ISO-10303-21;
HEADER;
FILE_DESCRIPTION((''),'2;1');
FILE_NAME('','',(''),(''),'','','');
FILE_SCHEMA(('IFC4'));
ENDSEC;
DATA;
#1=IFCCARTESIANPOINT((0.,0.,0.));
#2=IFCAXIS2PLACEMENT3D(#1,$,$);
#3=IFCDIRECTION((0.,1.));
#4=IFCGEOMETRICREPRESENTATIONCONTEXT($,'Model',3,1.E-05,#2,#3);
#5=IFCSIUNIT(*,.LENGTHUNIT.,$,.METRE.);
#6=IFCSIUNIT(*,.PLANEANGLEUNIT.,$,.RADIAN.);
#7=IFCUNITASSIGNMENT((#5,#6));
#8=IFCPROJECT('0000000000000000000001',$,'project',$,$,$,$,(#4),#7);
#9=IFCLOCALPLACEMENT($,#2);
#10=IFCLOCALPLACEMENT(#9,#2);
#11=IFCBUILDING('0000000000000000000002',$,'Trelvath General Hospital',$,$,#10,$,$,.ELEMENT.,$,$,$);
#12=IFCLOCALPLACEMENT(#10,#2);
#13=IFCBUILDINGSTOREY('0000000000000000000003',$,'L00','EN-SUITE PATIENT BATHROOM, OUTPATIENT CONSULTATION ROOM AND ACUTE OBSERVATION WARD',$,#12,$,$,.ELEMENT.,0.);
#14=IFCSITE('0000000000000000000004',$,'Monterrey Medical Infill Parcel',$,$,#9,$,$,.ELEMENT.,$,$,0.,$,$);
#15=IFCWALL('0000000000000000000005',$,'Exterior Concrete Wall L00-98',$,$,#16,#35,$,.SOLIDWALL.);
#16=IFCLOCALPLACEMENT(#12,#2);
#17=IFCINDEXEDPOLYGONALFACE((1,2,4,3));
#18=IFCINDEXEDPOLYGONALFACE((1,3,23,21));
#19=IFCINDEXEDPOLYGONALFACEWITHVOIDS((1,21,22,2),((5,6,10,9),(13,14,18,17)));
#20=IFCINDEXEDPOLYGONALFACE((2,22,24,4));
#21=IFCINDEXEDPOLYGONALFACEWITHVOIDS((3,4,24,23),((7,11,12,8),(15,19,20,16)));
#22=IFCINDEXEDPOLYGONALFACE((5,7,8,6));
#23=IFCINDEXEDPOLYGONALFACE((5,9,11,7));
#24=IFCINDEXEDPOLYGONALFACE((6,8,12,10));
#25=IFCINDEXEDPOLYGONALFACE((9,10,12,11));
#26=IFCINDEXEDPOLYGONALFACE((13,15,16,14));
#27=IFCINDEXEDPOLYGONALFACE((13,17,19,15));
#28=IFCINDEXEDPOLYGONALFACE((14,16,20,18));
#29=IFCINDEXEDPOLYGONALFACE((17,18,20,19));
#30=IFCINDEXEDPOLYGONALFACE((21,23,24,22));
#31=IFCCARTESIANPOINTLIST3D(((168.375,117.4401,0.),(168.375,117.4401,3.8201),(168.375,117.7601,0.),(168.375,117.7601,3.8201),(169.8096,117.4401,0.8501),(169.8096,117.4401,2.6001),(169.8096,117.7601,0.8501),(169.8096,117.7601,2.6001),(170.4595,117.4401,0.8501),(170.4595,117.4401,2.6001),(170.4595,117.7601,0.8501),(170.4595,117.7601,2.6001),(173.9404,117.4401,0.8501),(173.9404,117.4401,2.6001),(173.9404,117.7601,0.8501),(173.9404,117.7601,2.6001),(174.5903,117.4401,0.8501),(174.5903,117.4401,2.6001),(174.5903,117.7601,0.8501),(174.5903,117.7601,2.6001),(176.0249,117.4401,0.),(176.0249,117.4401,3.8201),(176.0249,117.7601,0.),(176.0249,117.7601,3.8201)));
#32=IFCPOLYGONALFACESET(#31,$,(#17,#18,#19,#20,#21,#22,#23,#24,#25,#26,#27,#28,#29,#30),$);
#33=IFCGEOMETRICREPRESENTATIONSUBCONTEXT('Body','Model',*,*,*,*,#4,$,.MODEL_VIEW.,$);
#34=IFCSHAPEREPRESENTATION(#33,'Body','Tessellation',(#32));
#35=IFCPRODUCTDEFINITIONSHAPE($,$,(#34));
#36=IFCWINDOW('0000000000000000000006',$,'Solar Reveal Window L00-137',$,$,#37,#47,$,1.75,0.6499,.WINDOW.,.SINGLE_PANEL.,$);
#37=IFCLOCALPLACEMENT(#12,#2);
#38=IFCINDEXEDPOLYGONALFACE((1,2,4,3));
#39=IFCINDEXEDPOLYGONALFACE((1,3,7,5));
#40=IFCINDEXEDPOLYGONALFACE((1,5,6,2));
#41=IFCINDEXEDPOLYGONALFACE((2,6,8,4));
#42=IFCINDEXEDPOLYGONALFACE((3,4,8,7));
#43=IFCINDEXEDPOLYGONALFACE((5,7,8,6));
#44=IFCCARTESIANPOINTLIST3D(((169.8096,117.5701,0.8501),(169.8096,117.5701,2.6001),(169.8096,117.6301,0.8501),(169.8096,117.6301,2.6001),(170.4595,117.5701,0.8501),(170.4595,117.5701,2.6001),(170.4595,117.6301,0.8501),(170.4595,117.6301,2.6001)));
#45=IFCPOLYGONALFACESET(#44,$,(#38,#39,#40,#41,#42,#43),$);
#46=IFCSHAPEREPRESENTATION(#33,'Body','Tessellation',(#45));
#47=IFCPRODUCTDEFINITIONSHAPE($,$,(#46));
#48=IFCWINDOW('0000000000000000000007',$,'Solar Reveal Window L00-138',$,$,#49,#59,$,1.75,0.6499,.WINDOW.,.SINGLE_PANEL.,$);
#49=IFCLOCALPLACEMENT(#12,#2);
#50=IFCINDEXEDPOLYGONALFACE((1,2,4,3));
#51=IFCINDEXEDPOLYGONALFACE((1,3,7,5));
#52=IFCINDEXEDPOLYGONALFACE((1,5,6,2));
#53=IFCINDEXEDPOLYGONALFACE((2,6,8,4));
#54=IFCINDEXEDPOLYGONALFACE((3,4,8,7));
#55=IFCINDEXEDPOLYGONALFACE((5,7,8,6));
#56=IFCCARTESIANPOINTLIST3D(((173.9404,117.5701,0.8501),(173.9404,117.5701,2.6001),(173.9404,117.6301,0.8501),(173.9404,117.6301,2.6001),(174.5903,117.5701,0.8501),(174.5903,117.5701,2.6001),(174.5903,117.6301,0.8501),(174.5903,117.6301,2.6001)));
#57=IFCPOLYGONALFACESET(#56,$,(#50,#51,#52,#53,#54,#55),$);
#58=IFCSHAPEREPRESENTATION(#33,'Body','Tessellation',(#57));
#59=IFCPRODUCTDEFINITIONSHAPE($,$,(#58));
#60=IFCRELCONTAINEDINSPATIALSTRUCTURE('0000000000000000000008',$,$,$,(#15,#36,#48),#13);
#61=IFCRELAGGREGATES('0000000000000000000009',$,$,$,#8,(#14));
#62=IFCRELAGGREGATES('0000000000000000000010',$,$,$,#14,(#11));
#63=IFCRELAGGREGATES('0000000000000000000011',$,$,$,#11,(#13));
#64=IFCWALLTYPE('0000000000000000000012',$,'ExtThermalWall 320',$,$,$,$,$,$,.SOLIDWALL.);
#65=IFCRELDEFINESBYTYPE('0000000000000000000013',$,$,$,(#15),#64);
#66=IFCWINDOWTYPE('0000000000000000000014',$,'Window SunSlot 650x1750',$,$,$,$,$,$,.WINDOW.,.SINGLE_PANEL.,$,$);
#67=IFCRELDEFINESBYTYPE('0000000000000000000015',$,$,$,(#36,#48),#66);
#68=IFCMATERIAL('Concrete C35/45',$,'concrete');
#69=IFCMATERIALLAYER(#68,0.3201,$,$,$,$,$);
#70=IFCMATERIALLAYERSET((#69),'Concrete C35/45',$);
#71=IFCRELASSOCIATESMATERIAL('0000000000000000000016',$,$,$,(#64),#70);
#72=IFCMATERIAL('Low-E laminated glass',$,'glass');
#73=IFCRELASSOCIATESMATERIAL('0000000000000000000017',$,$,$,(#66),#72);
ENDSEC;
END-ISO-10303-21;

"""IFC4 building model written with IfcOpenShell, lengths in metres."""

from ifc_helpers import new_model, si_unit, direction, frame, frame_2d, origin, place, context, subcontext, project, spatial, rectangle, extrude, material, layer, layer_set, type_object, element, fill, save


model = new_model("IFC4")

# Units and contexts
model_context = context("Model", 3, precision=1e-05, world=origin(), true_north=direction((0.0, 1.0)))
body_context = subcontext(model_context, "Body", "Model", "MODEL_VIEW")
ifc_project = project(units=[si_unit("LENGTHUNIT", "METRE"), si_unit("PLANEANGLEUNIT", "RADIAN")], contexts=[model_context])

# Site, building, storey
site_placement = place(None, origin())
site = spatial("IfcSite", under=ifc_project, at=site_placement, Name="Monterrey Medical Infill Parcel", CompositionType="ELEMENT", RefElevation=0.0)
building_placement = place(site_placement, origin())
building = spatial("IfcBuilding", under=site, at=building_placement, Name="Trelvath General Hospital", CompositionType="ELEMENT")
storey_placement = place(building_placement, origin())
storey = spatial("IfcBuildingStorey", under=building, at=storey_placement, Name="L00", Description="EN-SUITE PATIENT BATHROOM, OUTPATIENT CONSULTATION ROOM AND ACUTE OBSERVATION WARD", CompositionType="ELEMENT", Elevation=0.0)

# Wall, openings, windows
ifc_material_1 = material(Name="Concrete C35/45", Category="concrete")
ifc_layer_1 = layer(ifc_material_1, 0.3201)
ifc_layer_set_1 = layer_set([ifc_layer_1], Name="Concrete C35/45")
wall_type_1 = type_object("IfcWallType", Name="ExtThermalWall 320", PredefinedType="SOLIDWALL", material=ifc_layer_set_1)
wall_1_placement = place(storey_placement, frame((168.375, 117.6001, 0.0), z_axis=(0.0, 0.0, 1.0), x_axis=(1.0, 0.0, 0.0)))
wall_1 = element("IfcWall", 1, at=wall_1_placement, inside=storey, type_object=wall_type_1, Name="Exterior Concrete Wall L00-98", PredefinedType="SOLIDWALL", context=body_context, shape_type="SweptSolid", body=[
    extrude(rectangle(XDim=7.6499, YDim=0.3201, at=frame_2d((3.825, 0.0))), origin(), (0.0, 0.0, 1.0), 3.8201),
])
opening_1_placement = place(wall_1_placement, frame((1.4346, 0.0, 0.8501)))
opening_1 = element("IfcOpeningElement", 2, at=opening_1_placement, cuts=wall_1, PredefinedType="OPENING", context=body_context, shape_type="SweptSolid", body=[
    extrude(rectangle(XDim=0.6499, YDim=1.75, at=frame_2d((0.325, 0.875))), frame((0.0, 0.1699, 0.0), z_axis=(0.0, -1.0, 0.0), x_axis=(1.0, 0.0, 0.0)), (0.0, 0.0, 1.0), 0.3401),
])
opening_2_placement = place(wall_1_placement, frame((5.5654, 0.0, 0.8501)))
opening_2 = element("IfcOpeningElement", 3, at=opening_2_placement, cuts=wall_1, PredefinedType="OPENING", context=body_context, shape_type="SweptSolid", body=[
    extrude(rectangle(XDim=0.6499, YDim=1.75, at=frame_2d((0.325, 0.875))), frame((0.0, 0.1699, 0.0), z_axis=(0.0, -1.0, 0.0), x_axis=(1.0, 0.0, 0.0)), (0.0, 0.0, 1.0), 0.3401),
])
ifc_material_2 = material(Name="Low-E laminated glass", Category="glass")
window_type = type_object("IfcWindowType", Name="Window SunSlot 650x1750", PartitioningType="SINGLE_PANEL", PredefinedType="WINDOW", material=ifc_material_2)
window_1_placement = place(opening_1_placement, origin())
window_1 = element("IfcWindow", 4, at=window_1_placement, inside=storey, type_object=window_type, Name="Solar Reveal Window L00-137", OverallHeight=1.75, OverallWidth=0.6499, PartitioningType="SINGLE_PANEL", PredefinedType="WINDOW", context=body_context, shape_type="SweptSolid", body=[
    extrude(rectangle(XDim=0.6499, YDim=1.75, at=frame_2d((0.325, 0.875))), frame((0.0, 0.03, 0.0), z_axis=(0.0, -1.0, 0.0), x_axis=(1.0, 0.0, 0.0)), (0.0, 0.0, 1.0), 0.0601),
])
fill(opening_1, window_1)
window_2_placement = place(opening_2_placement, origin())
window_2 = element("IfcWindow", 5, at=window_2_placement, inside=storey, type_object=window_type, Name="Solar Reveal Window L00-138", OverallHeight=1.75, OverallWidth=0.6499, PartitioningType="SINGLE_PANEL", PredefinedType="WINDOW", context=body_context, shape_type="SweptSolid", body=[
    extrude(rectangle(XDim=0.6499, YDim=1.75, at=frame_2d((0.325, 0.875))), frame((0.0, 0.03, 0.0), z_axis=(0.0, -1.0, 0.0), x_axis=(1.0, 0.0, 0.0)), (0.0, 0.0, 1.0), 0.0601),
])
fill(opening_2, window_2)

save(model, "model.ifc")
